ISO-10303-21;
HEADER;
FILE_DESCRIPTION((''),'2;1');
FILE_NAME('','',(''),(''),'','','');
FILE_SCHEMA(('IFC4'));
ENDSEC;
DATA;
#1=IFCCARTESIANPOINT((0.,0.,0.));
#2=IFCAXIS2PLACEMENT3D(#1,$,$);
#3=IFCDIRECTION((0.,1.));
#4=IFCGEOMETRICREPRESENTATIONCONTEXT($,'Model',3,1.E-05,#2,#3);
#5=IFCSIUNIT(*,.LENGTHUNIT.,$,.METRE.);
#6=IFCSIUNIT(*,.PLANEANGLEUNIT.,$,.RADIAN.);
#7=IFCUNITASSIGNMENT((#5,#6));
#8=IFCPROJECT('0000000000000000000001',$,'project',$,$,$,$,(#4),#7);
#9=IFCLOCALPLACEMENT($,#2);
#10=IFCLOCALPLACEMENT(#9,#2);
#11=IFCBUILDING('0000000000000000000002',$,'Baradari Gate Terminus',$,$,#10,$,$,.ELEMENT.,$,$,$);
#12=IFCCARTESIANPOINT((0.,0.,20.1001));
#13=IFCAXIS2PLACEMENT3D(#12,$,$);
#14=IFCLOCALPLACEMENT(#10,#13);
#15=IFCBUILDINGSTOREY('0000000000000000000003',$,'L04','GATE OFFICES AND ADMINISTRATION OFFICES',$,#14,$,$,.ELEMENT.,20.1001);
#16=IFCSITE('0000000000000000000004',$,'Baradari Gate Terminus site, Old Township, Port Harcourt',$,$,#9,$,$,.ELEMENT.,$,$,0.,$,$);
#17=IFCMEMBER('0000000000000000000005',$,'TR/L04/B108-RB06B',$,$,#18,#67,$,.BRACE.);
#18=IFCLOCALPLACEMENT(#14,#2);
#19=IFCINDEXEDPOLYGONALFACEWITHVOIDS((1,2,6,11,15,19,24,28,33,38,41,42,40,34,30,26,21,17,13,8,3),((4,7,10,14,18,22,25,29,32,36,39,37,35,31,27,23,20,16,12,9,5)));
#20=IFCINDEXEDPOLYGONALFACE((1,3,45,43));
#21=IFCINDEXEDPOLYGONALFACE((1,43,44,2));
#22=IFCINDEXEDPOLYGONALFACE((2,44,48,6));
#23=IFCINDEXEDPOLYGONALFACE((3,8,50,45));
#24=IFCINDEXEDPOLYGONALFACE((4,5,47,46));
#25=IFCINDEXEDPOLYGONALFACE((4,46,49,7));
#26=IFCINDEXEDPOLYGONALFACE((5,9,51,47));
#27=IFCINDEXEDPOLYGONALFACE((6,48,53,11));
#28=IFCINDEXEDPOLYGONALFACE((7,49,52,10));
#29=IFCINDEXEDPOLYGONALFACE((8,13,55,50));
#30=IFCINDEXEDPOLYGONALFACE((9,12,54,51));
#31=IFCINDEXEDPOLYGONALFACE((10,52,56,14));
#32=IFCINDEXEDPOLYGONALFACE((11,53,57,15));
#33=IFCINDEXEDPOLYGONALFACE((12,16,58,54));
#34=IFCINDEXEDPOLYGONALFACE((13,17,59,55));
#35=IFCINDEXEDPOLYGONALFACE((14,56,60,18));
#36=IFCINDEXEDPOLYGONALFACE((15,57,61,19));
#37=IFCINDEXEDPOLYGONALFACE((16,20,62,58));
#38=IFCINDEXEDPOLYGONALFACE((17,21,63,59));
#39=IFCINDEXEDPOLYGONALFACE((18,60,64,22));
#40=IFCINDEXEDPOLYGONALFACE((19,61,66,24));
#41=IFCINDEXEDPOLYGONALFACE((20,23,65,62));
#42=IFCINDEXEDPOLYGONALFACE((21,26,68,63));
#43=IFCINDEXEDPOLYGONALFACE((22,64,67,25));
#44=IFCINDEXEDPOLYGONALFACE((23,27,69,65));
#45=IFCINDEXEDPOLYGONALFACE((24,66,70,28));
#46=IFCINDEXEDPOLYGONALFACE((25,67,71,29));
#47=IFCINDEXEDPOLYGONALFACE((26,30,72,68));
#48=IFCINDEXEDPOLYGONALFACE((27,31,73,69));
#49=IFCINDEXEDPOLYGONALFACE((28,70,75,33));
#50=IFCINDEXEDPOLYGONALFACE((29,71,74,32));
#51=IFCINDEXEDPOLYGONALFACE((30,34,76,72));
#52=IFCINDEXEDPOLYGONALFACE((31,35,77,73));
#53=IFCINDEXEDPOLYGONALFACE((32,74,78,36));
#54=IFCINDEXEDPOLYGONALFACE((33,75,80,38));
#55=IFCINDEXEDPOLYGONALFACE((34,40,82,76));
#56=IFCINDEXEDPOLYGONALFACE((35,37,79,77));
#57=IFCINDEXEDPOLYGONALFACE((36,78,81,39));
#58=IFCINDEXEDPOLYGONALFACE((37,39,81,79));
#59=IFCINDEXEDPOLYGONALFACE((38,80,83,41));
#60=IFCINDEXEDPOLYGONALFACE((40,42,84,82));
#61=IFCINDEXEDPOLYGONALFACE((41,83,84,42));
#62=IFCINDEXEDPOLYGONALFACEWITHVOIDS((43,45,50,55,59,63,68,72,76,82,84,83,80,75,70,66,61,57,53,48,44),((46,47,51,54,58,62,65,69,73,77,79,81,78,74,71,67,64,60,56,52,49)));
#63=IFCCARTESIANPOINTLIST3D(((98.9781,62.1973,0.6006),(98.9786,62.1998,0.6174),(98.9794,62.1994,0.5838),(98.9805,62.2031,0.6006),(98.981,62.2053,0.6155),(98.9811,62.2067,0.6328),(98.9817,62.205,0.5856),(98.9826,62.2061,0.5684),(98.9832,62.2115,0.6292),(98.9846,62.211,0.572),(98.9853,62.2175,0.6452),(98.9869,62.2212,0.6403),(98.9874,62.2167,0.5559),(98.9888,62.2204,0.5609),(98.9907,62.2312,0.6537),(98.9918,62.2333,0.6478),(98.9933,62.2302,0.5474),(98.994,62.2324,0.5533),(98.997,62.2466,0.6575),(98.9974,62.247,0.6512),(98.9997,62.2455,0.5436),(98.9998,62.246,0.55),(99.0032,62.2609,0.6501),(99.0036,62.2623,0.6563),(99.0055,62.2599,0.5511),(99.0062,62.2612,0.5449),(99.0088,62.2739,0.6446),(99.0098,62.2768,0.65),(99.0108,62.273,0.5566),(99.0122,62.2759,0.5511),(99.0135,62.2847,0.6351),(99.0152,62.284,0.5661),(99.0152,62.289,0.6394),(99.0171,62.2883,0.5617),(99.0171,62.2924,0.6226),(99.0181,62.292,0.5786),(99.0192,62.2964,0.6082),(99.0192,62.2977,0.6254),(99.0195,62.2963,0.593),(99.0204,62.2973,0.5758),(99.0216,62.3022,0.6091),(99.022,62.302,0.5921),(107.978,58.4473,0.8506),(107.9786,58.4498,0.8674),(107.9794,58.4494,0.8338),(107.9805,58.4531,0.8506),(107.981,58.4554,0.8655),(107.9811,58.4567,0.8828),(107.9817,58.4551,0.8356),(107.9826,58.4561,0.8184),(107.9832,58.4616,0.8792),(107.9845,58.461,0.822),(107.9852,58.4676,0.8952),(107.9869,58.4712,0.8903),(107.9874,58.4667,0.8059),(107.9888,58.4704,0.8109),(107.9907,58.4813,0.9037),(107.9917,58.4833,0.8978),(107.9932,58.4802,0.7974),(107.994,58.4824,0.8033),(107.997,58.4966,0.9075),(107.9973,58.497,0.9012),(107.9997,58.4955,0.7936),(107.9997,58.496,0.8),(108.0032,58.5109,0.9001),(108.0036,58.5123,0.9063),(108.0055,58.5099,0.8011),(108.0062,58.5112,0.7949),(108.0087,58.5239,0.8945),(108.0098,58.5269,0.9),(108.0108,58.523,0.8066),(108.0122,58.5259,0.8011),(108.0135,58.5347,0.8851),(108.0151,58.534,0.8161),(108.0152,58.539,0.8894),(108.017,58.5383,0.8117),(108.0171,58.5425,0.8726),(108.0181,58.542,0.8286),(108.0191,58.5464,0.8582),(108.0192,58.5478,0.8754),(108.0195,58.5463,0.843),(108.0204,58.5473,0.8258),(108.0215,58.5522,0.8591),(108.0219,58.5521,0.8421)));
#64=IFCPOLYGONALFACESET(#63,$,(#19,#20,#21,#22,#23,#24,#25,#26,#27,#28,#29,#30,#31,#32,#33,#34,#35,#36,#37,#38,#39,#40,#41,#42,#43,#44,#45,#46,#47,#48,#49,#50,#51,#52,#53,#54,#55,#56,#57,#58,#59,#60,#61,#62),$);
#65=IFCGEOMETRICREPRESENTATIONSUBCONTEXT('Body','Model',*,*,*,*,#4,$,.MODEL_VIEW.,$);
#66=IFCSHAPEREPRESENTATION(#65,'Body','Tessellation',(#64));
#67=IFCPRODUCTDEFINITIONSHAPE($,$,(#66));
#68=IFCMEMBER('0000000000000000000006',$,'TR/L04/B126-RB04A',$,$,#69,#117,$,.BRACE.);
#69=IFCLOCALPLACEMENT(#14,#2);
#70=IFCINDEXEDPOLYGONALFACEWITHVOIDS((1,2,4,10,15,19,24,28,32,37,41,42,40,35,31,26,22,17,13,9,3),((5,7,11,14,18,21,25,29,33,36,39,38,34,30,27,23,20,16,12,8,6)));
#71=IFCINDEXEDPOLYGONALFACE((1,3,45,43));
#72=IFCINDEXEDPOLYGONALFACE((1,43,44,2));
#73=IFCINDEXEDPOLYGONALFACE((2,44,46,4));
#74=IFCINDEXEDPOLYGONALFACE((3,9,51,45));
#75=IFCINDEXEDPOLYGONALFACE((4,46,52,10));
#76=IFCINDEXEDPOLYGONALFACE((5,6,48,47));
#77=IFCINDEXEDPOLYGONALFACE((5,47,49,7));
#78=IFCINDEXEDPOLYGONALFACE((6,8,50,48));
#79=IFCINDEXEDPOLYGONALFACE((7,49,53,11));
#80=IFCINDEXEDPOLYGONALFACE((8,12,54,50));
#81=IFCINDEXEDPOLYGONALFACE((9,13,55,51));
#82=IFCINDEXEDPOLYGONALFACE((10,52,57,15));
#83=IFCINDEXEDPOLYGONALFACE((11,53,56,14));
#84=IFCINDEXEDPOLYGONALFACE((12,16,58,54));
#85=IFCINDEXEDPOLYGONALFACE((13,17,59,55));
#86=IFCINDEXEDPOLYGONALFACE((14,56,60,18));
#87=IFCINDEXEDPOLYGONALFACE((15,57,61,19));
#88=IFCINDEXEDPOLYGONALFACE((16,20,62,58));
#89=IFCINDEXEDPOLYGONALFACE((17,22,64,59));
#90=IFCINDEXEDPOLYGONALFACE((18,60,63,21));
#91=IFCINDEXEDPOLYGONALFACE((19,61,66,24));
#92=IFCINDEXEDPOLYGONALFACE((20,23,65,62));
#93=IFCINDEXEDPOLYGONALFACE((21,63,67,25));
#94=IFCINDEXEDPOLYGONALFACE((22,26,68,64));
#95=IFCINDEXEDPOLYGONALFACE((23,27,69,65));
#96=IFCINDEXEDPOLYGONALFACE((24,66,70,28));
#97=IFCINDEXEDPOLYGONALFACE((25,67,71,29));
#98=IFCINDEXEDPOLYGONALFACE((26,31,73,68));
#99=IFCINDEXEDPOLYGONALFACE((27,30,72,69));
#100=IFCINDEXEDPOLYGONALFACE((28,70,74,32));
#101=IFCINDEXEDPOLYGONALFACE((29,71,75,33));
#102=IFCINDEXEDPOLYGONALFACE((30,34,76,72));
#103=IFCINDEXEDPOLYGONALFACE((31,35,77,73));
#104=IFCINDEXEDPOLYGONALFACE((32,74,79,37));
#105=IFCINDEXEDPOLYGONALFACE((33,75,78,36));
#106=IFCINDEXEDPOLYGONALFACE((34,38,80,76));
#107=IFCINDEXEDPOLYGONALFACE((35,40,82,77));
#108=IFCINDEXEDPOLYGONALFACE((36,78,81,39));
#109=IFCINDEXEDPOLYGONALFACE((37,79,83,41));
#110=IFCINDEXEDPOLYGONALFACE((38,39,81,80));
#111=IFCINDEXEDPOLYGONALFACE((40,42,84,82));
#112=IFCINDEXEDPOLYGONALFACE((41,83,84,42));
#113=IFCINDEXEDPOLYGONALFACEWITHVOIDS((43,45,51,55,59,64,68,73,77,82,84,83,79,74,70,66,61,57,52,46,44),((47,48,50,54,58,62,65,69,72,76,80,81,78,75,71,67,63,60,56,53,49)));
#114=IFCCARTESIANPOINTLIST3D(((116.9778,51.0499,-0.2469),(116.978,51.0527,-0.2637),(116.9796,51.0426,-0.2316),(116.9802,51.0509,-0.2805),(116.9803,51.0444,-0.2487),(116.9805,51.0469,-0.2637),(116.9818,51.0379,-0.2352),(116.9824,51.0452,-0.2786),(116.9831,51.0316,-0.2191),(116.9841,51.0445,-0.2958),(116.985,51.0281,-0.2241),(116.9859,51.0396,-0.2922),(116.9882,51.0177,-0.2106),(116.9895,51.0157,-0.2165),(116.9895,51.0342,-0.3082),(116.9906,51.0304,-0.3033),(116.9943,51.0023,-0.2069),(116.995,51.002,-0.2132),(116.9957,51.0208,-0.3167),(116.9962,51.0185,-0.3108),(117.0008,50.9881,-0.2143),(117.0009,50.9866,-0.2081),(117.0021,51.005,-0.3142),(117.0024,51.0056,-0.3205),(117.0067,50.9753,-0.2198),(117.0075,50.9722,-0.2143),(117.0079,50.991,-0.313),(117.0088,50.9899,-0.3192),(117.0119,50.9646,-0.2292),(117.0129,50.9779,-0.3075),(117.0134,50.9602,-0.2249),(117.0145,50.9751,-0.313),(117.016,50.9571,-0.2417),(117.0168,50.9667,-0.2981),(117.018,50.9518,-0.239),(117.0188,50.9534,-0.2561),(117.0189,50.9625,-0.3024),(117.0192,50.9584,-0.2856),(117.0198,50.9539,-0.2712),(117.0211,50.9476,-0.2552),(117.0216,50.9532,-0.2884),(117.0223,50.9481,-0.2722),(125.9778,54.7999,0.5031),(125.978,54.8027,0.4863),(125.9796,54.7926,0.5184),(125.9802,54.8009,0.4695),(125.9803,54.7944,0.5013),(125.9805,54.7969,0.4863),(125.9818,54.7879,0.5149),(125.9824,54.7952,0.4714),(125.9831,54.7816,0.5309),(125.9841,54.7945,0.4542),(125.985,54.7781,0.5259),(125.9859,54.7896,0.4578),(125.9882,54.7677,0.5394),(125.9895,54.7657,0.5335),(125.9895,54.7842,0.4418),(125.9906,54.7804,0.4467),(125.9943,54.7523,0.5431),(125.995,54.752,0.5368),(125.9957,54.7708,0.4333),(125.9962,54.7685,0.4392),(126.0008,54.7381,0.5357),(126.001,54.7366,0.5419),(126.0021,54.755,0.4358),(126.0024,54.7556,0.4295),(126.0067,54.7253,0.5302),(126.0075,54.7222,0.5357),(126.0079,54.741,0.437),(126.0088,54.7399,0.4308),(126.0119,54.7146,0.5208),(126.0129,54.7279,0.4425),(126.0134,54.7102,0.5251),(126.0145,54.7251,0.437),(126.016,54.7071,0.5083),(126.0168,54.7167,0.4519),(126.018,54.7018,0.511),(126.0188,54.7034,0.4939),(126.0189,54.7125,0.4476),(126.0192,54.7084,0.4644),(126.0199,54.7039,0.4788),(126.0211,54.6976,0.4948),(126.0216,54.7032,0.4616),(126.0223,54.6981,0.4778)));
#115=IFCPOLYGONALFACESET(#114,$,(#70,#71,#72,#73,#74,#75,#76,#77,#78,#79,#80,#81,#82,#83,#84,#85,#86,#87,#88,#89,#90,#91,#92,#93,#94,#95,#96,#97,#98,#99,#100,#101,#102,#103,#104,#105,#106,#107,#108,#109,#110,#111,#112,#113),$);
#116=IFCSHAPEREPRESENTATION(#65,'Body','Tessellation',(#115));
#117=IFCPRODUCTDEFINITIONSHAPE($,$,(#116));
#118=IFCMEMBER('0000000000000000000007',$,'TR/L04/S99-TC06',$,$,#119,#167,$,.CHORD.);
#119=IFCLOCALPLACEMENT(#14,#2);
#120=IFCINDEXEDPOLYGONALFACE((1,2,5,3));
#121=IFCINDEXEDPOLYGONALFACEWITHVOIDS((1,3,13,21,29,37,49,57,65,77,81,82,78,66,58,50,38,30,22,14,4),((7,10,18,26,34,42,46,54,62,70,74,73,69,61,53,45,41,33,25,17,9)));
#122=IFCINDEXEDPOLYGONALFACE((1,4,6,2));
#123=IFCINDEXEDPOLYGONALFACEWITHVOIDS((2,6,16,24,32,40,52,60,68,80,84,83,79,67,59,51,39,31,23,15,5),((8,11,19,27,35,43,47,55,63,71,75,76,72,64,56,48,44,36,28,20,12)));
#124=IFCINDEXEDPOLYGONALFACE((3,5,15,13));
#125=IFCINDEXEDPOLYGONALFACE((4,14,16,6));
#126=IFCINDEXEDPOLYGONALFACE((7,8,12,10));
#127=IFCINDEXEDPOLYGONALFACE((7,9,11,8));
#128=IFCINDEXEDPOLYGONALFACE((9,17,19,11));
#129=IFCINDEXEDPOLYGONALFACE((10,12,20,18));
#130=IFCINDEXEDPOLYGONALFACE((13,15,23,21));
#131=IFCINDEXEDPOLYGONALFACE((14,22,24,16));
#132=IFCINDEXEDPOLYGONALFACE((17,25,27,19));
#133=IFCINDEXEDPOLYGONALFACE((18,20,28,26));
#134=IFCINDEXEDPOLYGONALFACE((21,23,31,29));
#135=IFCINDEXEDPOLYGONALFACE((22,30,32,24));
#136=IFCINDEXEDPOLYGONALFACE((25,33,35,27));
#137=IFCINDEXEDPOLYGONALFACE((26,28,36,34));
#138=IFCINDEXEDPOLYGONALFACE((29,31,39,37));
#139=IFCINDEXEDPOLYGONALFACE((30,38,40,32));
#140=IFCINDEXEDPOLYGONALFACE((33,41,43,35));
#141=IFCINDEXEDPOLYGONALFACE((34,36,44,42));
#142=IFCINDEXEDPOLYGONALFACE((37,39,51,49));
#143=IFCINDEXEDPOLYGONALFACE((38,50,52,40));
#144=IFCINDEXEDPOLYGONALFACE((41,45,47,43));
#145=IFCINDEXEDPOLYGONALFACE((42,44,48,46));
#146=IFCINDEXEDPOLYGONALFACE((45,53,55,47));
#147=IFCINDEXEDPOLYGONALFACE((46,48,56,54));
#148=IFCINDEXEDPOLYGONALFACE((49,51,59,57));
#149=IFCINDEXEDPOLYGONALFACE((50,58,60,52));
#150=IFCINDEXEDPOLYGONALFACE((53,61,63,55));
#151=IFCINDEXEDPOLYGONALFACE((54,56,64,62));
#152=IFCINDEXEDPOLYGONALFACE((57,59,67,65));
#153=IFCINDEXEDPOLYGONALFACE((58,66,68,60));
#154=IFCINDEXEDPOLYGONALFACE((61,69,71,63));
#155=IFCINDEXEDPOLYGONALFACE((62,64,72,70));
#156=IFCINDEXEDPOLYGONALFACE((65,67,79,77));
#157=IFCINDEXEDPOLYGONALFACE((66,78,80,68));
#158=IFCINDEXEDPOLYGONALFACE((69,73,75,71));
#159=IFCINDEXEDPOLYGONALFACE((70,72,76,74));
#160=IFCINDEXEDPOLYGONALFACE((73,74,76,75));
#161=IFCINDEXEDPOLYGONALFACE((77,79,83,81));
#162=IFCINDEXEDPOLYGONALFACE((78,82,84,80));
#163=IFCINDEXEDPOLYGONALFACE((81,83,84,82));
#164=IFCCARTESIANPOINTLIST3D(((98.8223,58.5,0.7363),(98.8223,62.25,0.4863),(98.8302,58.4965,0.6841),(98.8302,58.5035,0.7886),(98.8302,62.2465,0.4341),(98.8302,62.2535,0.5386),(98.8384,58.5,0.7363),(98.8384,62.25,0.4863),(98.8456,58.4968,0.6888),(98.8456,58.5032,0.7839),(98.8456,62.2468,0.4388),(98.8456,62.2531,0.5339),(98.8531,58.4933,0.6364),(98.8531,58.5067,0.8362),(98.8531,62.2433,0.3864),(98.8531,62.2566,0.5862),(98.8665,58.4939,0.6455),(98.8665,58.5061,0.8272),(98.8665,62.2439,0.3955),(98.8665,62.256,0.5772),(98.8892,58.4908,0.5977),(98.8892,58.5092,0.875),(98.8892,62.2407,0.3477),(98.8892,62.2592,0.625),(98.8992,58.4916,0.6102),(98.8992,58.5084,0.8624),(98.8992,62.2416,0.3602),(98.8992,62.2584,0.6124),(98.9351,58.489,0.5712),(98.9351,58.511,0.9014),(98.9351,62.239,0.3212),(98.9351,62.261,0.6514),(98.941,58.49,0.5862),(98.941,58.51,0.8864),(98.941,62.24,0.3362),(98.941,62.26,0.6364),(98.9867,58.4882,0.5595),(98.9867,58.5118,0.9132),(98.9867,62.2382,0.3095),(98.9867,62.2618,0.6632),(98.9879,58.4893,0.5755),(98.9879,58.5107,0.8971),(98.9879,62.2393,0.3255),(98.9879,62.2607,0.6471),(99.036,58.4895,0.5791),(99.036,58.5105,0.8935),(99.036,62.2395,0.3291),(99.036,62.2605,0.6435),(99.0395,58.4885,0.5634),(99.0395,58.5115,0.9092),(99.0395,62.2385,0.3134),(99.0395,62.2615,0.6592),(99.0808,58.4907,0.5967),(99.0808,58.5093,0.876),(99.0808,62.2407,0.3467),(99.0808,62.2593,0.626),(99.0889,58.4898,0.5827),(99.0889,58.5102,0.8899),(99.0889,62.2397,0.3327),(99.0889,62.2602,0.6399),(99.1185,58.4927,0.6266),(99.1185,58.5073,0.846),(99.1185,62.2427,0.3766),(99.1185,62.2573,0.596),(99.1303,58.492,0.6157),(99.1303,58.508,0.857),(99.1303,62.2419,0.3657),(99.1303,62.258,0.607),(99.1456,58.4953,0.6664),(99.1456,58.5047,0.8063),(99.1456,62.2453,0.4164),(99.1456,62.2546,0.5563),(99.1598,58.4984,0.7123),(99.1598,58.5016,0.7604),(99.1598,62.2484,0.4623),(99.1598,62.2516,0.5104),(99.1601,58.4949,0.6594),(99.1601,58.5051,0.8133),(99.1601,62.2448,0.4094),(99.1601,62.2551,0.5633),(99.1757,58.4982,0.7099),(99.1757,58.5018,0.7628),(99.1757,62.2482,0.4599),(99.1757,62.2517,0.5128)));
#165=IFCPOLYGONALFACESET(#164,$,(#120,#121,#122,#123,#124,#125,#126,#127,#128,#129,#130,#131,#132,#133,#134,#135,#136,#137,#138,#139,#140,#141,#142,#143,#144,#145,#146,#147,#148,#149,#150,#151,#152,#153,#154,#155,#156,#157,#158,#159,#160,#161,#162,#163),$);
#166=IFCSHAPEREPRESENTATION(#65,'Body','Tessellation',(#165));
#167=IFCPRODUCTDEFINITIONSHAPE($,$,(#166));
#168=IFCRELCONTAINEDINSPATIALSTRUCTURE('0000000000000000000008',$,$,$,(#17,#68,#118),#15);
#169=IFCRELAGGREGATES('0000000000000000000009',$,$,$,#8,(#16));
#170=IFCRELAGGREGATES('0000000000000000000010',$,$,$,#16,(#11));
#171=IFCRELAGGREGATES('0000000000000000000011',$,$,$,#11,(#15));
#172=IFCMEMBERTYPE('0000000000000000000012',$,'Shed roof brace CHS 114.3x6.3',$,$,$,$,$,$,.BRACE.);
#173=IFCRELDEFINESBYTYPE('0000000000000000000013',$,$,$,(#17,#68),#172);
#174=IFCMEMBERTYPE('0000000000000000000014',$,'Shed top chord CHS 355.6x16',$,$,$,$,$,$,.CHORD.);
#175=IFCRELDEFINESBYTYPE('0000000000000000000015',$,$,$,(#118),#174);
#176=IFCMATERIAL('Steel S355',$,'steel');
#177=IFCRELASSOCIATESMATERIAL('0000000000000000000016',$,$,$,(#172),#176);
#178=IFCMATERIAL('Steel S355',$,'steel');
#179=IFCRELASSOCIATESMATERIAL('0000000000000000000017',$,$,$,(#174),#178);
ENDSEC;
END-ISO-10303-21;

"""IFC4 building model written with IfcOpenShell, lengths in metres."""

from ifc_helpers import new_model, si_unit, direction, frame, origin, origin_2d, place, context, subcontext, project, spatial, hollow_circle, extrude, material, material_profile, profile_set, type_object, element, save


model = new_model("IFC4")

# Units and contexts
model_context = context("Model", 3, precision=1e-05, world=origin(), true_north=direction((0.0, 1.0)))
body_context = subcontext(model_context, "Body", "Model", "MODEL_VIEW")
ifc_project = project(units=[si_unit("LENGTHUNIT", "METRE"), si_unit("PLANEANGLEUNIT", "RADIAN")], contexts=[model_context])

# Site, building, storey
site_placement = place(None, origin())
site = spatial("IfcSite", under=ifc_project, at=site_placement, Name="Baradari Gate Terminus site, Old Township, Port Harcourt", CompositionType="ELEMENT", RefElevation=0.0)
building_placement = place(site_placement, origin())
building = spatial("IfcBuilding", under=site, at=building_placement, Name="Baradari Gate Terminus", CompositionType="ELEMENT")
storey_placement = place(building_placement, frame((0.0, 0.0, 20.1001)))
storey = spatial("IfcBuildingStorey", under=building, at=storey_placement, Name="L04", Description="GATE OFFICES AND ADMINISTRATION OFFICES", CompositionType="ELEMENT", Elevation=20.1001)

# Members
ifc_material_1 = material(Name="Steel S355", Category="steel")
ifc_material_profile_1 = material_profile(ifc_material_1, hollow_circle(Radius=0.0571, WallThickness=0.0063, at=origin_2d()), Name="CHS 114.3x6.3")
ifc_profile_set_1 = profile_set([ifc_material_profile_1], Name="Steel S355")
member_type_1 = type_object("IfcMemberType", Name="Shed roof brace CHS 114.3x6.3", PredefinedType="BRACE", material=ifc_profile_set_1)
for number, where, z_axis, x_axis, name in (
    (1, (108.0, 58.5, 0.8506), (-0.922774, 0.384489, -0.025633), (-0.384615, -0.923077, 0.0), "TR/L04/B108-RB06B"),
):
    element("IfcMember", number, at=place(storey_placement, frame(where, z_axis=z_axis, x_axis=x_axis)), inside=storey, type_object=member_type_1, Name=name, PredefinedType="BRACE", context=body_context, shape_type="SweptSolid", body=[
        extrude(hollow_circle(Radius=0.0571, WallThickness=0.0063, at=origin_2d()), origin(), (0.0, 0.0, 1.0), 9.7532),
    ])
member_1_placement = place(storey_placement, frame((117.0, 51.0, -0.2637), z_axis=(0.920358, 0.383482, 0.076696), x_axis=(-0.384615, 0.923077, 0.0)))
element("IfcMember", 2, at=member_1_placement, inside=storey, type_object=member_type_1, Name="TR/L04/B126-RB04A", PredefinedType="BRACE", context=body_context, shape_type="SweptSolid", body=[
    extrude(hollow_circle(Radius=0.0571, WallThickness=0.0063, at=origin_2d()), origin(), (0.0, 0.0, 1.0), 9.7788),
])
ifc_material_2 = material(Name="Steel S355", Category="steel")
ifc_material_profile_2 = material_profile(ifc_material_2, hollow_circle(Radius=0.1777, WallThickness=0.0161, at=origin_2d()), Name="CHS 355.6x16")
ifc_profile_set_2 = profile_set([ifc_material_profile_2], Name="Steel S355")
member_type_2 = type_object("IfcMemberType", Name="Shed top chord CHS 355.6x16", PredefinedType="CHORD", material=ifc_profile_set_2)
member_2_placement = place(storey_placement, frame((99.0, 58.5, 0.7363), z_axis=(0.0, 0.997785, -0.066519), x_axis=(-1.0, 0.0, 0.0)))
element("IfcMember", 3, at=member_2_placement, inside=storey, type_object=member_type_2, Name="TR/L04/S99-TC06", PredefinedType="CHORD", context=body_context, shape_type="SweptSolid", body=[
    extrude(hollow_circle(Radius=0.1777, WallThickness=0.0161, at=origin_2d()), origin(), (0.0, 0.0, 1.0), 3.7583),
])

save(model, "model.ifc")
